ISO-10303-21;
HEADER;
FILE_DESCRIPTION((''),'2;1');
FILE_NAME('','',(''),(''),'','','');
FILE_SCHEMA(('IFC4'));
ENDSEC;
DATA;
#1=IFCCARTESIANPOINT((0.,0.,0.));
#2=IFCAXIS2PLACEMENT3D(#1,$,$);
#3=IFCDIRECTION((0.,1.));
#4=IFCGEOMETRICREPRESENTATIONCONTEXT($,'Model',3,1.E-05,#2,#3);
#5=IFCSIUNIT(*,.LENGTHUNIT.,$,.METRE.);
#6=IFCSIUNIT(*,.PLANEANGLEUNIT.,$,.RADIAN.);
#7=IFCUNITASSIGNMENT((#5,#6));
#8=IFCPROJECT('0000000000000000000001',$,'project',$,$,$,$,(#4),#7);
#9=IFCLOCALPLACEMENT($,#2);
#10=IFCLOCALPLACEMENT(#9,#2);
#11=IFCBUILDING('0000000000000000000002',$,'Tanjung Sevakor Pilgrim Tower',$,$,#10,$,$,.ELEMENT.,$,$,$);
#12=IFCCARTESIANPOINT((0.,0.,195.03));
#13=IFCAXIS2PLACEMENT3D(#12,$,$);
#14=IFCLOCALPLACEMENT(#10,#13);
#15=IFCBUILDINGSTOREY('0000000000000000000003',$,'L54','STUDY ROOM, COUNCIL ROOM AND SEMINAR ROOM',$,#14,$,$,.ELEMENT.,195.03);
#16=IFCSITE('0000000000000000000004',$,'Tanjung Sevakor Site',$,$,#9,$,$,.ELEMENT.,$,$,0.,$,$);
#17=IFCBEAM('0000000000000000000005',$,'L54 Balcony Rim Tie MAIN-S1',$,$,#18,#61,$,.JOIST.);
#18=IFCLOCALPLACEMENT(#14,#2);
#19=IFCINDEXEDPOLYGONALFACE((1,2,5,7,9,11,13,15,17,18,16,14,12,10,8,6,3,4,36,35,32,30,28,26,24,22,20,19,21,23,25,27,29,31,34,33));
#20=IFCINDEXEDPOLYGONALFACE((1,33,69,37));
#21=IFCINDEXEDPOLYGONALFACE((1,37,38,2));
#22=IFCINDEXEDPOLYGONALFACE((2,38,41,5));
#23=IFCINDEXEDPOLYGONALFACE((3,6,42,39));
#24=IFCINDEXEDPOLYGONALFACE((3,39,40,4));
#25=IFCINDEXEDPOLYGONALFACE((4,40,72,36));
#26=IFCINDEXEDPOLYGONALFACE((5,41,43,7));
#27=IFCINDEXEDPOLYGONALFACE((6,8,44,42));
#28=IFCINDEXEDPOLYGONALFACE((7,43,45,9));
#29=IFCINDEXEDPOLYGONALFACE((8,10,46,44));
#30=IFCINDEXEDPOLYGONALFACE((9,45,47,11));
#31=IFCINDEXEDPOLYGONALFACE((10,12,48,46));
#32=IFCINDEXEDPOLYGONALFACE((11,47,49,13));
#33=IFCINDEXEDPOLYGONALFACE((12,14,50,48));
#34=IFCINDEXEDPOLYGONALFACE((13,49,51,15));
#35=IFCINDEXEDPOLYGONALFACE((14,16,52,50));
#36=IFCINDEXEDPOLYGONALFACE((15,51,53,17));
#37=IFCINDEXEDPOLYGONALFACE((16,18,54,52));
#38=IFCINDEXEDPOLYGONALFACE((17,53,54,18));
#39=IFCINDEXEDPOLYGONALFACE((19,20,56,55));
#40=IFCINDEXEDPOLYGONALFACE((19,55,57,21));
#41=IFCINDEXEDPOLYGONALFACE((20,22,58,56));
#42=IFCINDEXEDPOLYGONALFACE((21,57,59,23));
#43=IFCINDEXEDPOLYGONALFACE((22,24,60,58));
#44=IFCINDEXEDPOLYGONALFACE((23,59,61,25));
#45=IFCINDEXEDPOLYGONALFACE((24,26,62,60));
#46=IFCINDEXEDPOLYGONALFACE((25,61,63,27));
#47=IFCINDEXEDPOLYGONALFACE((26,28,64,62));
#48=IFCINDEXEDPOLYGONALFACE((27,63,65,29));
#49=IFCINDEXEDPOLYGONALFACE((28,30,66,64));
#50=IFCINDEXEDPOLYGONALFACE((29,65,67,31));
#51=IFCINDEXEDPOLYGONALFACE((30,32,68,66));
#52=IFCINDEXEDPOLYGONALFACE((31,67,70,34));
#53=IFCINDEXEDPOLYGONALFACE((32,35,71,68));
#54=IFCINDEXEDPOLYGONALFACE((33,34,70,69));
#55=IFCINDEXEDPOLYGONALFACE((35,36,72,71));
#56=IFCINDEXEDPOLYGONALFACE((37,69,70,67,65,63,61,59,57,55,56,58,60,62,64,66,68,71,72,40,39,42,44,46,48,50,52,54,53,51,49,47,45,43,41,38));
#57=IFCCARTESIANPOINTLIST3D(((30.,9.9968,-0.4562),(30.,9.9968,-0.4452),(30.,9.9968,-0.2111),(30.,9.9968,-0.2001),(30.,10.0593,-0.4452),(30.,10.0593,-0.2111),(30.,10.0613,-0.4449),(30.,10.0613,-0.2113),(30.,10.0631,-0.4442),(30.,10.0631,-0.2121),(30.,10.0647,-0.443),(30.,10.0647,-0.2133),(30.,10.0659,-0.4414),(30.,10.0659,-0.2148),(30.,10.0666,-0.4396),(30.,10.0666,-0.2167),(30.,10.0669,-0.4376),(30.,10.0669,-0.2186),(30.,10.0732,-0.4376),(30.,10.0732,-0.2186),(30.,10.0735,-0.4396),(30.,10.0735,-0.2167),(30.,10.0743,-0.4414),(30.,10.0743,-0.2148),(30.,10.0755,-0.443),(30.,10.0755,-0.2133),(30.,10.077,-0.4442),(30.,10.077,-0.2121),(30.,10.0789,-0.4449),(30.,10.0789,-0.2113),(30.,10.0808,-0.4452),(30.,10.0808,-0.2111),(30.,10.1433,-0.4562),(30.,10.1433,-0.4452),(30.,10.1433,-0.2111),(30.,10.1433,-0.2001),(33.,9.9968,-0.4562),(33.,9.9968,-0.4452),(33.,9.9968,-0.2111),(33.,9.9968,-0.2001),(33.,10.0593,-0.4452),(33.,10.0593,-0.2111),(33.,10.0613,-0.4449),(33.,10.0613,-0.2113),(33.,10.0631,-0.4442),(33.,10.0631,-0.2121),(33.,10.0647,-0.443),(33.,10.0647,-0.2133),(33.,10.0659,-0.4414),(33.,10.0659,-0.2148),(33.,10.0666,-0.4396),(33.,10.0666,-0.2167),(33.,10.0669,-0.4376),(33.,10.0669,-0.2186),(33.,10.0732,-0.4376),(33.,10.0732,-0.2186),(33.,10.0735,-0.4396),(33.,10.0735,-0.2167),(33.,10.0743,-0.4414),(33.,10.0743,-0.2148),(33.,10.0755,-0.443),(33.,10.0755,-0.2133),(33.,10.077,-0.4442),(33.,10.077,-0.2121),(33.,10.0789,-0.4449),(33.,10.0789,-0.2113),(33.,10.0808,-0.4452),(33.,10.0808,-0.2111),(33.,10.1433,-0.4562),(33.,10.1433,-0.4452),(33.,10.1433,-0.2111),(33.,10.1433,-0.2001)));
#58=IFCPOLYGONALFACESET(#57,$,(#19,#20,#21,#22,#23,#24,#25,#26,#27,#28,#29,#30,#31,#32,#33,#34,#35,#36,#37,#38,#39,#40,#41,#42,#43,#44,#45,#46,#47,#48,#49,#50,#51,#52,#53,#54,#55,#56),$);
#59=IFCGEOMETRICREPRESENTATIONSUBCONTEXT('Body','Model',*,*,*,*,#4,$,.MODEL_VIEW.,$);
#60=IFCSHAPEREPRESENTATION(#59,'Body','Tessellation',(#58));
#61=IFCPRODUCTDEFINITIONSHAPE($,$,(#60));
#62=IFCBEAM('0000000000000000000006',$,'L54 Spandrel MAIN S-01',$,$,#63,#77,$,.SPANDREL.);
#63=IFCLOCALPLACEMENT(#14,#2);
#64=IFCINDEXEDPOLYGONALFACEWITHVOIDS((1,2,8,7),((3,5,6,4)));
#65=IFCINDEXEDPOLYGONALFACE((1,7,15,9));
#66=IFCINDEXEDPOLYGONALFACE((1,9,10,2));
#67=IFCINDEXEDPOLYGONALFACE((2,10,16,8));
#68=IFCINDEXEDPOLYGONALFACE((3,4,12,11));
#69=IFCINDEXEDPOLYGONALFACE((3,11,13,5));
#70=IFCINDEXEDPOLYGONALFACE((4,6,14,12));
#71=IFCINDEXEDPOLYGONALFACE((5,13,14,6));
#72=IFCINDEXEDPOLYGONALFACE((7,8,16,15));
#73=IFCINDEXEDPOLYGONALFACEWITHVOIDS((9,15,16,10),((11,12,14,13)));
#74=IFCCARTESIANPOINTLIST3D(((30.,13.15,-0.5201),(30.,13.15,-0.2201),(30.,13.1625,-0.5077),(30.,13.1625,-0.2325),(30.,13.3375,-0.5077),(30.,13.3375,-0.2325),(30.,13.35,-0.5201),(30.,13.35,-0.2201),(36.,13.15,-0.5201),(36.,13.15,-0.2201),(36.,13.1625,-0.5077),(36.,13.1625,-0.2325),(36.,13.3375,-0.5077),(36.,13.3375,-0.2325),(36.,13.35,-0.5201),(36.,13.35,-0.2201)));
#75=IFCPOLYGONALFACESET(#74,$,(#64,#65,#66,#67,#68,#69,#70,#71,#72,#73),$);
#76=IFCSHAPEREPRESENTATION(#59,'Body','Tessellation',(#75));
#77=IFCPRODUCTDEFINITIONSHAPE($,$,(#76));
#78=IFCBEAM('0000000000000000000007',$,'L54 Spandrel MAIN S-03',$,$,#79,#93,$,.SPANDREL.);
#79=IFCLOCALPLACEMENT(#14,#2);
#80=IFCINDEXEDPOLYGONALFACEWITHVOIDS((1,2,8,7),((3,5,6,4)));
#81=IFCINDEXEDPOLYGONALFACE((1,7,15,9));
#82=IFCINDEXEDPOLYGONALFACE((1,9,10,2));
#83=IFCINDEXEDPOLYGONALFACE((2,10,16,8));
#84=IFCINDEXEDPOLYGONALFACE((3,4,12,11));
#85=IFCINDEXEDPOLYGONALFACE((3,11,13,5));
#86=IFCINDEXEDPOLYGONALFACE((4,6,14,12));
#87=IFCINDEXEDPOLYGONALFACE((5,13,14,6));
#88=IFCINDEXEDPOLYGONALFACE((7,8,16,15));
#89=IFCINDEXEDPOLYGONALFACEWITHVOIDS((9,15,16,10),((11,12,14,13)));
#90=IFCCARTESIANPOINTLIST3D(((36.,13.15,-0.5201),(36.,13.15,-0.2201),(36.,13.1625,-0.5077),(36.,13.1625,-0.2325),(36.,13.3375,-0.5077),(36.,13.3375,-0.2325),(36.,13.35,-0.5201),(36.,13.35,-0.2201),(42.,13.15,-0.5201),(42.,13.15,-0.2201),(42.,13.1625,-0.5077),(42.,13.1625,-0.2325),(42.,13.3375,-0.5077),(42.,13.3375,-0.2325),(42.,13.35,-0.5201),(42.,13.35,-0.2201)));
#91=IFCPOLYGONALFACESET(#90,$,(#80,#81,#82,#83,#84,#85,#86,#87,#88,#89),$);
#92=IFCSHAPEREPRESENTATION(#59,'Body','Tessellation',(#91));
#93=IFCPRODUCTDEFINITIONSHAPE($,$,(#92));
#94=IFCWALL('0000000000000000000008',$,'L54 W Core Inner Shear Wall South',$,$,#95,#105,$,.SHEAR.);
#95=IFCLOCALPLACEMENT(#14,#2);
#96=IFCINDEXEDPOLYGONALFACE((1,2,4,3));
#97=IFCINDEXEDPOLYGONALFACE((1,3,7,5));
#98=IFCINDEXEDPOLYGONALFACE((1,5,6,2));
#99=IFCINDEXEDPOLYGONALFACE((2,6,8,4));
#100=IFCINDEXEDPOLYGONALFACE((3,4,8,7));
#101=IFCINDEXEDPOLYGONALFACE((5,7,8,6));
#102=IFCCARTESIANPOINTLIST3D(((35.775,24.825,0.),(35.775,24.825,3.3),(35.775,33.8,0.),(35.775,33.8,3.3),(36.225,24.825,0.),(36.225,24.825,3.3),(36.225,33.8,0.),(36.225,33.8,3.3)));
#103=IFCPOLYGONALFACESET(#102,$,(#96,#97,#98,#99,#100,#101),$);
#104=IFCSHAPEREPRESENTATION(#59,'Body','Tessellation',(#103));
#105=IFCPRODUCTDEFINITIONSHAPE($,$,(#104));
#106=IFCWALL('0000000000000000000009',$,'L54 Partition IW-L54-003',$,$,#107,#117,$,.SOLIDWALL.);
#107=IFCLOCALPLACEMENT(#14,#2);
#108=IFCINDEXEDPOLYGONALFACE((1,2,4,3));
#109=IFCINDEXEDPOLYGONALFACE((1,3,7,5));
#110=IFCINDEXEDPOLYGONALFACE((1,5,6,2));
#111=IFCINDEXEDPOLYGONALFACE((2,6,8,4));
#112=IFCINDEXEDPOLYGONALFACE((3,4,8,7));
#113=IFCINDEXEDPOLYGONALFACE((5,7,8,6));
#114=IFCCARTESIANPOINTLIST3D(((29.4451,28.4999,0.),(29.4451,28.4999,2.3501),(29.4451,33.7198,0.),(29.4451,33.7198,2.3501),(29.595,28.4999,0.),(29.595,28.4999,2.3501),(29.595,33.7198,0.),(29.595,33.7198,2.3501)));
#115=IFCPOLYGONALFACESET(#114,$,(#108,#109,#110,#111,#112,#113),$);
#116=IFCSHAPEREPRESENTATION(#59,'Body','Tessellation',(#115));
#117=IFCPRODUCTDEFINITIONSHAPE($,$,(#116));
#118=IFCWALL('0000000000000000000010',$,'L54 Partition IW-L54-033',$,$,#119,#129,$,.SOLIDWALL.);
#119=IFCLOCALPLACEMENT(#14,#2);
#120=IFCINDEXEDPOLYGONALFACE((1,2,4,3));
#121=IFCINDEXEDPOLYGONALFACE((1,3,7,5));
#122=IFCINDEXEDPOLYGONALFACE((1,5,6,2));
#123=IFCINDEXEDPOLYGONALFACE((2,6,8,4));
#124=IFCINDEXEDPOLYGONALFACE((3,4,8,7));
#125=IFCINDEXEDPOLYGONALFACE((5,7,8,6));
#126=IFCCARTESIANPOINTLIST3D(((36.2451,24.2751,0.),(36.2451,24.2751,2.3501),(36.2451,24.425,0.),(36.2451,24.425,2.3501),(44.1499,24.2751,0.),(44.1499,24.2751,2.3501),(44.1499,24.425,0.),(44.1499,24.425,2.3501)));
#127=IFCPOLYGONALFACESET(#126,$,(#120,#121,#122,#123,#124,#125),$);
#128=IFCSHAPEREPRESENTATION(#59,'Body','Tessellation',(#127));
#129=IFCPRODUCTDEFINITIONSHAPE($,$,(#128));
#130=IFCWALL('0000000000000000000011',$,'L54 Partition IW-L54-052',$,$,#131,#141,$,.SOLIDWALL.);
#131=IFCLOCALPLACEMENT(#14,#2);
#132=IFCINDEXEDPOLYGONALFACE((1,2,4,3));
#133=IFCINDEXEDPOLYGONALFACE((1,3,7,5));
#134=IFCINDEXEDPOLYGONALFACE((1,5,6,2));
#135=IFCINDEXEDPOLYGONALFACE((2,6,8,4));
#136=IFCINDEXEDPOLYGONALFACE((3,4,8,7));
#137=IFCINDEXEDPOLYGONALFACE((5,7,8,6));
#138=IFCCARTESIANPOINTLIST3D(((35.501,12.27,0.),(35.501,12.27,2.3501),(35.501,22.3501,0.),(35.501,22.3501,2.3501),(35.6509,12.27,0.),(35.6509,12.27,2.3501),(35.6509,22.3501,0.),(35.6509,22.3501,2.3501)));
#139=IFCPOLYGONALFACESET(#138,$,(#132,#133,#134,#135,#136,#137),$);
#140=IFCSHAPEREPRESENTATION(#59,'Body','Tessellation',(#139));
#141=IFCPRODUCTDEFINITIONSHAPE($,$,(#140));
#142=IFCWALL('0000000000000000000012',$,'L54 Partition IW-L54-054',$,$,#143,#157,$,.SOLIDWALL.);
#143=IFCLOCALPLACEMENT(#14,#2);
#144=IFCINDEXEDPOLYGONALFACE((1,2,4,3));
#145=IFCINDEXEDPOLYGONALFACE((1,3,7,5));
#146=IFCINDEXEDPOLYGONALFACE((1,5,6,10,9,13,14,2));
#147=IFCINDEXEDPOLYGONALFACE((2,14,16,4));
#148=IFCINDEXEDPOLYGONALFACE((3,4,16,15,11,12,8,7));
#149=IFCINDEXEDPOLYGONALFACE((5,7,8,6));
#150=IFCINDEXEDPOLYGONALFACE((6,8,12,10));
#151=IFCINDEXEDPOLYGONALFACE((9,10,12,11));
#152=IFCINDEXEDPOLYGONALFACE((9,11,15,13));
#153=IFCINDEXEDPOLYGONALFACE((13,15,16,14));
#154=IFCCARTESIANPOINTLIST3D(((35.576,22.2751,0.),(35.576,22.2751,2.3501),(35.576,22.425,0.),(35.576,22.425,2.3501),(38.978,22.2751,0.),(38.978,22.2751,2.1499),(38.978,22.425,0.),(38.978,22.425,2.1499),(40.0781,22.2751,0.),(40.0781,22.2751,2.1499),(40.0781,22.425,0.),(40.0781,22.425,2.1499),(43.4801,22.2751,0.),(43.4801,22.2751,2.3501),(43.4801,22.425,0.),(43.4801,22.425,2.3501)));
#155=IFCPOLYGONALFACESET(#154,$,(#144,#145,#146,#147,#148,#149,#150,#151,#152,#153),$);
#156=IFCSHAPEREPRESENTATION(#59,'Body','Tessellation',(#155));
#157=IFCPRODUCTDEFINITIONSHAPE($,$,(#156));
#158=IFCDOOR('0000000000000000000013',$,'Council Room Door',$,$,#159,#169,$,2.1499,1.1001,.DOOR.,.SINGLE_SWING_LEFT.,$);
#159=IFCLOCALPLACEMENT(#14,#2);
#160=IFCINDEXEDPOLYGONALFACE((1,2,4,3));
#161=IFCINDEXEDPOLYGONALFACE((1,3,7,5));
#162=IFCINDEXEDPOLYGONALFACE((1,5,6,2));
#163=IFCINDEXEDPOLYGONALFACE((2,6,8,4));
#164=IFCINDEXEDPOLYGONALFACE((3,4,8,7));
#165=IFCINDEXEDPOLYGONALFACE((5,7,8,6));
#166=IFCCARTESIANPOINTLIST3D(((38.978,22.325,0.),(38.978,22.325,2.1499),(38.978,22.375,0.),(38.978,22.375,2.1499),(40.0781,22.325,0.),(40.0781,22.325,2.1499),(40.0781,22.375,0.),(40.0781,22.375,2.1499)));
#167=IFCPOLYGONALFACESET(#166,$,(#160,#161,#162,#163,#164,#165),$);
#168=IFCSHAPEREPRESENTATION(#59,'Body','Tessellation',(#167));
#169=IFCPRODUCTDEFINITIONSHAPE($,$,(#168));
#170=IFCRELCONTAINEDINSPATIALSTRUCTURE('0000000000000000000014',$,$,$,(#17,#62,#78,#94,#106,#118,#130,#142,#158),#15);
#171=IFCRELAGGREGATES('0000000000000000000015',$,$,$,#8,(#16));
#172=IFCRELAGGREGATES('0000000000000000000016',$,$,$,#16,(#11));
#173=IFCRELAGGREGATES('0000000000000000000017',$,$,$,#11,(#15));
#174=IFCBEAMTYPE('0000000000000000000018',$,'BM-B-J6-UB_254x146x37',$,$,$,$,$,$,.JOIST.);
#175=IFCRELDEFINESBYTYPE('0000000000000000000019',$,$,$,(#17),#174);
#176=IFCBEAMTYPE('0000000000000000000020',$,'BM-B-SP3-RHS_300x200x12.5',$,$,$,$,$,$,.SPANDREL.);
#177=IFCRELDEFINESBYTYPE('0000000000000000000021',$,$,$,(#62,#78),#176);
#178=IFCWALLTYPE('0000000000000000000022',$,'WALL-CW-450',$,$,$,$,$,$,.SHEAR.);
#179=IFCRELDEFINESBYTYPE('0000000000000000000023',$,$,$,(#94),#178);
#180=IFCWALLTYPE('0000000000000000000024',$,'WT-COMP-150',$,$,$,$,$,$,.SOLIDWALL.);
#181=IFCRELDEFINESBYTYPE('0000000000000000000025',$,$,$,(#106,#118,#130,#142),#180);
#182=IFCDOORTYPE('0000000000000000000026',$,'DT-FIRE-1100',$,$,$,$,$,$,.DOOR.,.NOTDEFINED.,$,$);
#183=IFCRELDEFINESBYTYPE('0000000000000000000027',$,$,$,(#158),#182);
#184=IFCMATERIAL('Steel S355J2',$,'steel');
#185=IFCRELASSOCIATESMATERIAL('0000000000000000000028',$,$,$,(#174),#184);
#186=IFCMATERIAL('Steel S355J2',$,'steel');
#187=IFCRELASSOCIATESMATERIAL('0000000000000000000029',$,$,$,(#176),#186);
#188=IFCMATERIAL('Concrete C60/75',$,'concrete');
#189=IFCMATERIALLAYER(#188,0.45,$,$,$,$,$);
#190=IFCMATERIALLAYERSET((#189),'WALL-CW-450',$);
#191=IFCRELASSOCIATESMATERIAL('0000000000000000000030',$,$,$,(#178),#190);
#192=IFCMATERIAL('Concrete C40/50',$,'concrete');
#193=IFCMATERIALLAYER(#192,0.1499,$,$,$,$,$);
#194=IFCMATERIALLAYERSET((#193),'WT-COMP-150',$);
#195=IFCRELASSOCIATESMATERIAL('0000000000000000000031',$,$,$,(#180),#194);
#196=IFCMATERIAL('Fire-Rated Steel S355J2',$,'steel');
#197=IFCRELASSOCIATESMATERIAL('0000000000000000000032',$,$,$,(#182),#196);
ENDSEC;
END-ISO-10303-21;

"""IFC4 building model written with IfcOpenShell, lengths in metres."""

from ifc_helpers import new_model, si_unit, direction, frame, frame_2d, origin, origin_2d, place, context, subcontext, project, spatial, rectangle, hollow_rectangle, i_section, extrude, material, layer, layer_set, material_profile, profile_set, type_object, element, fill, save


model = new_model("IFC4")

# Units and contexts
model_context = context("Model", 3, precision=1e-05, world=origin(), true_north=direction((0.0, 1.0)))
body_context = subcontext(model_context, "Body", "Model", "MODEL_VIEW")
ifc_project = project(units=[si_unit("LENGTHUNIT", "METRE"), si_unit("PLANEANGLEUNIT", "RADIAN")], contexts=[model_context])

# Site, building, storey
site_placement = place(None, origin())
site = spatial("IfcSite", under=ifc_project, at=site_placement, Name="Tanjung Sevakor Site", CompositionType="ELEMENT", RefElevation=0.0)
building_placement = place(site_placement, origin())
building = spatial("IfcBuilding", under=site, at=building_placement, Name="Tanjung Sevakor Pilgrim Tower", CompositionType="ELEMENT")
storey_placement = place(building_placement, frame((0.0, 0.0, 195.03)))
storey = spatial("IfcBuildingStorey", under=building, at=storey_placement, Name="L54", Description="STUDY ROOM, COUNCIL ROOM AND SEMINAR ROOM", CompositionType="ELEMENT", Elevation=195.03)

# Beams
ifc_material_1 = material(Name="Steel S355J2", Category="steel")
ifc_material_profile_1 = material_profile(ifc_material_1, i_section(OverallWidth=0.1465, OverallDepth=0.2561, WebThickness=0.0063, FlangeThickness=0.011, FilletRadius=0.0076, at=origin_2d()))
ifc_profile_set_1 = profile_set([ifc_material_profile_1], Name="Steel S355J2")
beam_type_1 = type_object("IfcBeamType", Name="BM-B-J6-UB_254x146x37", PredefinedType="JOIST", material=ifc_profile_set_1)
beam_1_placement = place(storey_placement, frame((30.0, 10.0701, -0.3281), z_axis=(1.0, 0.0, 0.0), x_axis=(0.0, 1.0, 0.0)))
element("IfcBeam", 1, at=beam_1_placement, inside=storey, type_object=beam_type_1, Name="L54 Balcony Rim Tie MAIN-S1", PredefinedType="JOIST", context=body_context, shape_type="SweptSolid", body=[
    extrude(i_section(OverallWidth=0.1465, OverallDepth=0.2561, WebThickness=0.0063, FlangeThickness=0.011, FilletRadius=0.0076, at=origin_2d()), origin(), (0.0, 0.0, 1.0), 3.0),
])
ifc_material_2 = material(Name="Steel S355J2", Category="steel")
ifc_material_profile_2 = material_profile(ifc_material_2, hollow_rectangle(XDim=0.2, YDim=0.3, WallThickness=0.0125, at=origin_2d()))
ifc_profile_set_2 = profile_set([ifc_material_profile_2], Name="Steel S355J2")
beam_type_2 = type_object("IfcBeamType", Name="BM-B-SP3-RHS_300x200x12.5", PredefinedType="SPANDREL", material=ifc_profile_set_2)
for number, where, z_axis, x_axis, name in (
    (2, (30.0, 13.25, -0.3701), (1.0, 0.0, 0.0), (0.0, 1.0, 0.0), "L54 Spandrel MAIN S-01"),
    (3, (36.0, 13.25, -0.3701), (1.0, 0.0, 0.0), (0.0, 1.0, 0.0), "L54 Spandrel MAIN S-03"),
):
    element("IfcBeam", number, at=place(storey_placement, frame(where, z_axis=z_axis, x_axis=x_axis)), inside=storey, type_object=beam_type_2, Name=name, PredefinedType="SPANDREL", context=body_context, shape_type="SweptSolid", body=[
        extrude(hollow_rectangle(XDim=0.2, YDim=0.3, WallThickness=0.0125, at=origin_2d()), origin(), (0.0, 0.0, 1.0), 6.0),
    ])

# Walls
ifc_material_3 = material(Name="Concrete C60/75", Category="concrete")
ifc_layer_1 = layer(ifc_material_3, 0.45)
ifc_layer_set_1 = layer_set([ifc_layer_1], Name="WALL-CW-450")
wall_type_1 = type_object("IfcWallType", Name="WALL-CW-450", PredefinedType="SHEAR", material=ifc_layer_set_1)
wall_1_placement = place(storey_placement, frame((36.0, 24.825, 0.0), z_axis=(0.0, 0.0, 1.0), x_axis=(0.0, 1.0, 0.0)))
element("IfcWall", 4, at=wall_1_placement, inside=storey, type_object=wall_type_1, Name="L54 W Core Inner Shear Wall South", PredefinedType="SHEAR", context=body_context, shape_type="SweptSolid", body=[
    extrude(rectangle(XDim=8.9751, YDim=0.45, at=frame_2d((4.4875, 0.0))), origin(), (0.0, 0.0, 1.0), 3.3),
])
ifc_material_4 = material(Name="Concrete C40/50", Category="concrete")
ifc_layer_2 = layer(ifc_material_4, 0.1499)
ifc_layer_set_2 = layer_set([ifc_layer_2], Name="WT-COMP-150")
wall_type_2 = type_object("IfcWallType", Name="WT-COMP-150", PredefinedType="SOLIDWALL", material=ifc_layer_set_2)
wall_2_placement = place(storey_placement, frame((29.52, 28.5, 0.0), z_axis=(0.0, 0.0, 1.0), x_axis=(0.0, 1.0, 0.0)))
element("IfcWall", 5, at=wall_2_placement, inside=storey, type_object=wall_type_2, Name="L54 Partition IW-L54-003", PredefinedType="SOLIDWALL", context=body_context, shape_type="SweptSolid", body=[
    extrude(rectangle(XDim=5.22, YDim=0.1499, at=frame_2d((2.6099, 0.0))), origin(), (0.0, 0.0, 1.0), 2.3501),
])

# Walls
wall_3_placement = place(storey_placement, frame((36.2451, 24.3501, 0.0), z_axis=(0.0, 0.0, 1.0), x_axis=(1.0, 0.0, 0.0)))
element("IfcWall", 6, at=wall_3_placement, inside=storey, type_object=wall_type_2, Name="L54 Partition IW-L54-033", PredefinedType="SOLIDWALL", context=body_context, shape_type="SweptSolid", body=[
    extrude(rectangle(XDim=7.9048, YDim=0.1499, at=frame_2d((3.9524, 0.0))), origin(), (0.0, 0.0, 1.0), 2.3501),
])
wall_4_placement = place(storey_placement, frame((35.5759, 12.27, 0.0), z_axis=(0.0, 0.0, 1.0), x_axis=(0.0, 1.0, 0.0)))
element("IfcWall", 7, at=wall_4_placement, inside=storey, type_object=wall_type_2, Name="L54 Partition IW-L54-052", PredefinedType="SOLIDWALL", context=body_context, shape_type="SweptSolid", body=[
    extrude(rectangle(XDim=10.0801, YDim=0.1499, at=frame_2d((5.04, 0.0))), origin(), (0.0, 0.0, 1.0), 2.3501),
])

# Wall, opening, door
wall_5_placement = place(storey_placement, frame((35.5759, 22.3501, 0.0), z_axis=(0.0, 0.0, 1.0), x_axis=(1.0, 0.0, 0.0)))
wall_5 = element("IfcWall", 8, at=wall_5_placement, inside=storey, type_object=wall_type_2, Name="L54 Partition IW-L54-054", PredefinedType="SOLIDWALL", context=body_context, shape_type="SweptSolid", body=[
    extrude(rectangle(XDim=7.9041, YDim=0.1499, at=frame_2d((3.9521, 0.0))), origin(), (0.0, 0.0, 1.0), 2.3501),
])
opening_1_placement = place(wall_5_placement, frame((3.4021, 0.0, 0.0)))
opening_1 = element("IfcOpeningElement", 9, at=opening_1_placement, cuts=wall_5, PredefinedType="OPENING", context=body_context, shape_type="SweptSolid", body=[
    extrude(rectangle(XDim=1.1001, YDim=2.1499, at=frame_2d((0.55, 1.075))), frame((0.0, 0.085, 0.0), z_axis=(0.0, -1.0, 0.0), x_axis=(1.0, 0.0, 0.0)), (0.0, 0.0, 1.0), 0.1699),
])
ifc_material_5 = material(Name="Fire-Rated Steel S355J2", Category="steel")
door_type_1 = type_object("IfcDoorType", Name="DT-FIRE-1100", OperationType="NOTDEFINED", PredefinedType="DOOR", material=ifc_material_5)
door_1_placement = place(opening_1_placement, origin())
door_1 = element("IfcDoor", 10, at=door_1_placement, inside=storey, type_object=door_type_1, Name="Council Room Door", OperationType="SINGLE_SWING_LEFT", OverallHeight=2.1499, OverallWidth=1.1001, PredefinedType="DOOR", context=body_context, shape_type="SweptSolid", body=[
    extrude(rectangle(XDim=1.1001, YDim=2.1499, at=frame_2d((0.55, 1.075))), frame((0.0, 0.0249, 0.0), z_axis=(0.0, -1.0, 0.0), x_axis=(1.0, 0.0, 0.0)), (0.0, 0.0, 1.0), 0.05),
])
fill(opening_1, door_1)

save(model, "model.ifc")
